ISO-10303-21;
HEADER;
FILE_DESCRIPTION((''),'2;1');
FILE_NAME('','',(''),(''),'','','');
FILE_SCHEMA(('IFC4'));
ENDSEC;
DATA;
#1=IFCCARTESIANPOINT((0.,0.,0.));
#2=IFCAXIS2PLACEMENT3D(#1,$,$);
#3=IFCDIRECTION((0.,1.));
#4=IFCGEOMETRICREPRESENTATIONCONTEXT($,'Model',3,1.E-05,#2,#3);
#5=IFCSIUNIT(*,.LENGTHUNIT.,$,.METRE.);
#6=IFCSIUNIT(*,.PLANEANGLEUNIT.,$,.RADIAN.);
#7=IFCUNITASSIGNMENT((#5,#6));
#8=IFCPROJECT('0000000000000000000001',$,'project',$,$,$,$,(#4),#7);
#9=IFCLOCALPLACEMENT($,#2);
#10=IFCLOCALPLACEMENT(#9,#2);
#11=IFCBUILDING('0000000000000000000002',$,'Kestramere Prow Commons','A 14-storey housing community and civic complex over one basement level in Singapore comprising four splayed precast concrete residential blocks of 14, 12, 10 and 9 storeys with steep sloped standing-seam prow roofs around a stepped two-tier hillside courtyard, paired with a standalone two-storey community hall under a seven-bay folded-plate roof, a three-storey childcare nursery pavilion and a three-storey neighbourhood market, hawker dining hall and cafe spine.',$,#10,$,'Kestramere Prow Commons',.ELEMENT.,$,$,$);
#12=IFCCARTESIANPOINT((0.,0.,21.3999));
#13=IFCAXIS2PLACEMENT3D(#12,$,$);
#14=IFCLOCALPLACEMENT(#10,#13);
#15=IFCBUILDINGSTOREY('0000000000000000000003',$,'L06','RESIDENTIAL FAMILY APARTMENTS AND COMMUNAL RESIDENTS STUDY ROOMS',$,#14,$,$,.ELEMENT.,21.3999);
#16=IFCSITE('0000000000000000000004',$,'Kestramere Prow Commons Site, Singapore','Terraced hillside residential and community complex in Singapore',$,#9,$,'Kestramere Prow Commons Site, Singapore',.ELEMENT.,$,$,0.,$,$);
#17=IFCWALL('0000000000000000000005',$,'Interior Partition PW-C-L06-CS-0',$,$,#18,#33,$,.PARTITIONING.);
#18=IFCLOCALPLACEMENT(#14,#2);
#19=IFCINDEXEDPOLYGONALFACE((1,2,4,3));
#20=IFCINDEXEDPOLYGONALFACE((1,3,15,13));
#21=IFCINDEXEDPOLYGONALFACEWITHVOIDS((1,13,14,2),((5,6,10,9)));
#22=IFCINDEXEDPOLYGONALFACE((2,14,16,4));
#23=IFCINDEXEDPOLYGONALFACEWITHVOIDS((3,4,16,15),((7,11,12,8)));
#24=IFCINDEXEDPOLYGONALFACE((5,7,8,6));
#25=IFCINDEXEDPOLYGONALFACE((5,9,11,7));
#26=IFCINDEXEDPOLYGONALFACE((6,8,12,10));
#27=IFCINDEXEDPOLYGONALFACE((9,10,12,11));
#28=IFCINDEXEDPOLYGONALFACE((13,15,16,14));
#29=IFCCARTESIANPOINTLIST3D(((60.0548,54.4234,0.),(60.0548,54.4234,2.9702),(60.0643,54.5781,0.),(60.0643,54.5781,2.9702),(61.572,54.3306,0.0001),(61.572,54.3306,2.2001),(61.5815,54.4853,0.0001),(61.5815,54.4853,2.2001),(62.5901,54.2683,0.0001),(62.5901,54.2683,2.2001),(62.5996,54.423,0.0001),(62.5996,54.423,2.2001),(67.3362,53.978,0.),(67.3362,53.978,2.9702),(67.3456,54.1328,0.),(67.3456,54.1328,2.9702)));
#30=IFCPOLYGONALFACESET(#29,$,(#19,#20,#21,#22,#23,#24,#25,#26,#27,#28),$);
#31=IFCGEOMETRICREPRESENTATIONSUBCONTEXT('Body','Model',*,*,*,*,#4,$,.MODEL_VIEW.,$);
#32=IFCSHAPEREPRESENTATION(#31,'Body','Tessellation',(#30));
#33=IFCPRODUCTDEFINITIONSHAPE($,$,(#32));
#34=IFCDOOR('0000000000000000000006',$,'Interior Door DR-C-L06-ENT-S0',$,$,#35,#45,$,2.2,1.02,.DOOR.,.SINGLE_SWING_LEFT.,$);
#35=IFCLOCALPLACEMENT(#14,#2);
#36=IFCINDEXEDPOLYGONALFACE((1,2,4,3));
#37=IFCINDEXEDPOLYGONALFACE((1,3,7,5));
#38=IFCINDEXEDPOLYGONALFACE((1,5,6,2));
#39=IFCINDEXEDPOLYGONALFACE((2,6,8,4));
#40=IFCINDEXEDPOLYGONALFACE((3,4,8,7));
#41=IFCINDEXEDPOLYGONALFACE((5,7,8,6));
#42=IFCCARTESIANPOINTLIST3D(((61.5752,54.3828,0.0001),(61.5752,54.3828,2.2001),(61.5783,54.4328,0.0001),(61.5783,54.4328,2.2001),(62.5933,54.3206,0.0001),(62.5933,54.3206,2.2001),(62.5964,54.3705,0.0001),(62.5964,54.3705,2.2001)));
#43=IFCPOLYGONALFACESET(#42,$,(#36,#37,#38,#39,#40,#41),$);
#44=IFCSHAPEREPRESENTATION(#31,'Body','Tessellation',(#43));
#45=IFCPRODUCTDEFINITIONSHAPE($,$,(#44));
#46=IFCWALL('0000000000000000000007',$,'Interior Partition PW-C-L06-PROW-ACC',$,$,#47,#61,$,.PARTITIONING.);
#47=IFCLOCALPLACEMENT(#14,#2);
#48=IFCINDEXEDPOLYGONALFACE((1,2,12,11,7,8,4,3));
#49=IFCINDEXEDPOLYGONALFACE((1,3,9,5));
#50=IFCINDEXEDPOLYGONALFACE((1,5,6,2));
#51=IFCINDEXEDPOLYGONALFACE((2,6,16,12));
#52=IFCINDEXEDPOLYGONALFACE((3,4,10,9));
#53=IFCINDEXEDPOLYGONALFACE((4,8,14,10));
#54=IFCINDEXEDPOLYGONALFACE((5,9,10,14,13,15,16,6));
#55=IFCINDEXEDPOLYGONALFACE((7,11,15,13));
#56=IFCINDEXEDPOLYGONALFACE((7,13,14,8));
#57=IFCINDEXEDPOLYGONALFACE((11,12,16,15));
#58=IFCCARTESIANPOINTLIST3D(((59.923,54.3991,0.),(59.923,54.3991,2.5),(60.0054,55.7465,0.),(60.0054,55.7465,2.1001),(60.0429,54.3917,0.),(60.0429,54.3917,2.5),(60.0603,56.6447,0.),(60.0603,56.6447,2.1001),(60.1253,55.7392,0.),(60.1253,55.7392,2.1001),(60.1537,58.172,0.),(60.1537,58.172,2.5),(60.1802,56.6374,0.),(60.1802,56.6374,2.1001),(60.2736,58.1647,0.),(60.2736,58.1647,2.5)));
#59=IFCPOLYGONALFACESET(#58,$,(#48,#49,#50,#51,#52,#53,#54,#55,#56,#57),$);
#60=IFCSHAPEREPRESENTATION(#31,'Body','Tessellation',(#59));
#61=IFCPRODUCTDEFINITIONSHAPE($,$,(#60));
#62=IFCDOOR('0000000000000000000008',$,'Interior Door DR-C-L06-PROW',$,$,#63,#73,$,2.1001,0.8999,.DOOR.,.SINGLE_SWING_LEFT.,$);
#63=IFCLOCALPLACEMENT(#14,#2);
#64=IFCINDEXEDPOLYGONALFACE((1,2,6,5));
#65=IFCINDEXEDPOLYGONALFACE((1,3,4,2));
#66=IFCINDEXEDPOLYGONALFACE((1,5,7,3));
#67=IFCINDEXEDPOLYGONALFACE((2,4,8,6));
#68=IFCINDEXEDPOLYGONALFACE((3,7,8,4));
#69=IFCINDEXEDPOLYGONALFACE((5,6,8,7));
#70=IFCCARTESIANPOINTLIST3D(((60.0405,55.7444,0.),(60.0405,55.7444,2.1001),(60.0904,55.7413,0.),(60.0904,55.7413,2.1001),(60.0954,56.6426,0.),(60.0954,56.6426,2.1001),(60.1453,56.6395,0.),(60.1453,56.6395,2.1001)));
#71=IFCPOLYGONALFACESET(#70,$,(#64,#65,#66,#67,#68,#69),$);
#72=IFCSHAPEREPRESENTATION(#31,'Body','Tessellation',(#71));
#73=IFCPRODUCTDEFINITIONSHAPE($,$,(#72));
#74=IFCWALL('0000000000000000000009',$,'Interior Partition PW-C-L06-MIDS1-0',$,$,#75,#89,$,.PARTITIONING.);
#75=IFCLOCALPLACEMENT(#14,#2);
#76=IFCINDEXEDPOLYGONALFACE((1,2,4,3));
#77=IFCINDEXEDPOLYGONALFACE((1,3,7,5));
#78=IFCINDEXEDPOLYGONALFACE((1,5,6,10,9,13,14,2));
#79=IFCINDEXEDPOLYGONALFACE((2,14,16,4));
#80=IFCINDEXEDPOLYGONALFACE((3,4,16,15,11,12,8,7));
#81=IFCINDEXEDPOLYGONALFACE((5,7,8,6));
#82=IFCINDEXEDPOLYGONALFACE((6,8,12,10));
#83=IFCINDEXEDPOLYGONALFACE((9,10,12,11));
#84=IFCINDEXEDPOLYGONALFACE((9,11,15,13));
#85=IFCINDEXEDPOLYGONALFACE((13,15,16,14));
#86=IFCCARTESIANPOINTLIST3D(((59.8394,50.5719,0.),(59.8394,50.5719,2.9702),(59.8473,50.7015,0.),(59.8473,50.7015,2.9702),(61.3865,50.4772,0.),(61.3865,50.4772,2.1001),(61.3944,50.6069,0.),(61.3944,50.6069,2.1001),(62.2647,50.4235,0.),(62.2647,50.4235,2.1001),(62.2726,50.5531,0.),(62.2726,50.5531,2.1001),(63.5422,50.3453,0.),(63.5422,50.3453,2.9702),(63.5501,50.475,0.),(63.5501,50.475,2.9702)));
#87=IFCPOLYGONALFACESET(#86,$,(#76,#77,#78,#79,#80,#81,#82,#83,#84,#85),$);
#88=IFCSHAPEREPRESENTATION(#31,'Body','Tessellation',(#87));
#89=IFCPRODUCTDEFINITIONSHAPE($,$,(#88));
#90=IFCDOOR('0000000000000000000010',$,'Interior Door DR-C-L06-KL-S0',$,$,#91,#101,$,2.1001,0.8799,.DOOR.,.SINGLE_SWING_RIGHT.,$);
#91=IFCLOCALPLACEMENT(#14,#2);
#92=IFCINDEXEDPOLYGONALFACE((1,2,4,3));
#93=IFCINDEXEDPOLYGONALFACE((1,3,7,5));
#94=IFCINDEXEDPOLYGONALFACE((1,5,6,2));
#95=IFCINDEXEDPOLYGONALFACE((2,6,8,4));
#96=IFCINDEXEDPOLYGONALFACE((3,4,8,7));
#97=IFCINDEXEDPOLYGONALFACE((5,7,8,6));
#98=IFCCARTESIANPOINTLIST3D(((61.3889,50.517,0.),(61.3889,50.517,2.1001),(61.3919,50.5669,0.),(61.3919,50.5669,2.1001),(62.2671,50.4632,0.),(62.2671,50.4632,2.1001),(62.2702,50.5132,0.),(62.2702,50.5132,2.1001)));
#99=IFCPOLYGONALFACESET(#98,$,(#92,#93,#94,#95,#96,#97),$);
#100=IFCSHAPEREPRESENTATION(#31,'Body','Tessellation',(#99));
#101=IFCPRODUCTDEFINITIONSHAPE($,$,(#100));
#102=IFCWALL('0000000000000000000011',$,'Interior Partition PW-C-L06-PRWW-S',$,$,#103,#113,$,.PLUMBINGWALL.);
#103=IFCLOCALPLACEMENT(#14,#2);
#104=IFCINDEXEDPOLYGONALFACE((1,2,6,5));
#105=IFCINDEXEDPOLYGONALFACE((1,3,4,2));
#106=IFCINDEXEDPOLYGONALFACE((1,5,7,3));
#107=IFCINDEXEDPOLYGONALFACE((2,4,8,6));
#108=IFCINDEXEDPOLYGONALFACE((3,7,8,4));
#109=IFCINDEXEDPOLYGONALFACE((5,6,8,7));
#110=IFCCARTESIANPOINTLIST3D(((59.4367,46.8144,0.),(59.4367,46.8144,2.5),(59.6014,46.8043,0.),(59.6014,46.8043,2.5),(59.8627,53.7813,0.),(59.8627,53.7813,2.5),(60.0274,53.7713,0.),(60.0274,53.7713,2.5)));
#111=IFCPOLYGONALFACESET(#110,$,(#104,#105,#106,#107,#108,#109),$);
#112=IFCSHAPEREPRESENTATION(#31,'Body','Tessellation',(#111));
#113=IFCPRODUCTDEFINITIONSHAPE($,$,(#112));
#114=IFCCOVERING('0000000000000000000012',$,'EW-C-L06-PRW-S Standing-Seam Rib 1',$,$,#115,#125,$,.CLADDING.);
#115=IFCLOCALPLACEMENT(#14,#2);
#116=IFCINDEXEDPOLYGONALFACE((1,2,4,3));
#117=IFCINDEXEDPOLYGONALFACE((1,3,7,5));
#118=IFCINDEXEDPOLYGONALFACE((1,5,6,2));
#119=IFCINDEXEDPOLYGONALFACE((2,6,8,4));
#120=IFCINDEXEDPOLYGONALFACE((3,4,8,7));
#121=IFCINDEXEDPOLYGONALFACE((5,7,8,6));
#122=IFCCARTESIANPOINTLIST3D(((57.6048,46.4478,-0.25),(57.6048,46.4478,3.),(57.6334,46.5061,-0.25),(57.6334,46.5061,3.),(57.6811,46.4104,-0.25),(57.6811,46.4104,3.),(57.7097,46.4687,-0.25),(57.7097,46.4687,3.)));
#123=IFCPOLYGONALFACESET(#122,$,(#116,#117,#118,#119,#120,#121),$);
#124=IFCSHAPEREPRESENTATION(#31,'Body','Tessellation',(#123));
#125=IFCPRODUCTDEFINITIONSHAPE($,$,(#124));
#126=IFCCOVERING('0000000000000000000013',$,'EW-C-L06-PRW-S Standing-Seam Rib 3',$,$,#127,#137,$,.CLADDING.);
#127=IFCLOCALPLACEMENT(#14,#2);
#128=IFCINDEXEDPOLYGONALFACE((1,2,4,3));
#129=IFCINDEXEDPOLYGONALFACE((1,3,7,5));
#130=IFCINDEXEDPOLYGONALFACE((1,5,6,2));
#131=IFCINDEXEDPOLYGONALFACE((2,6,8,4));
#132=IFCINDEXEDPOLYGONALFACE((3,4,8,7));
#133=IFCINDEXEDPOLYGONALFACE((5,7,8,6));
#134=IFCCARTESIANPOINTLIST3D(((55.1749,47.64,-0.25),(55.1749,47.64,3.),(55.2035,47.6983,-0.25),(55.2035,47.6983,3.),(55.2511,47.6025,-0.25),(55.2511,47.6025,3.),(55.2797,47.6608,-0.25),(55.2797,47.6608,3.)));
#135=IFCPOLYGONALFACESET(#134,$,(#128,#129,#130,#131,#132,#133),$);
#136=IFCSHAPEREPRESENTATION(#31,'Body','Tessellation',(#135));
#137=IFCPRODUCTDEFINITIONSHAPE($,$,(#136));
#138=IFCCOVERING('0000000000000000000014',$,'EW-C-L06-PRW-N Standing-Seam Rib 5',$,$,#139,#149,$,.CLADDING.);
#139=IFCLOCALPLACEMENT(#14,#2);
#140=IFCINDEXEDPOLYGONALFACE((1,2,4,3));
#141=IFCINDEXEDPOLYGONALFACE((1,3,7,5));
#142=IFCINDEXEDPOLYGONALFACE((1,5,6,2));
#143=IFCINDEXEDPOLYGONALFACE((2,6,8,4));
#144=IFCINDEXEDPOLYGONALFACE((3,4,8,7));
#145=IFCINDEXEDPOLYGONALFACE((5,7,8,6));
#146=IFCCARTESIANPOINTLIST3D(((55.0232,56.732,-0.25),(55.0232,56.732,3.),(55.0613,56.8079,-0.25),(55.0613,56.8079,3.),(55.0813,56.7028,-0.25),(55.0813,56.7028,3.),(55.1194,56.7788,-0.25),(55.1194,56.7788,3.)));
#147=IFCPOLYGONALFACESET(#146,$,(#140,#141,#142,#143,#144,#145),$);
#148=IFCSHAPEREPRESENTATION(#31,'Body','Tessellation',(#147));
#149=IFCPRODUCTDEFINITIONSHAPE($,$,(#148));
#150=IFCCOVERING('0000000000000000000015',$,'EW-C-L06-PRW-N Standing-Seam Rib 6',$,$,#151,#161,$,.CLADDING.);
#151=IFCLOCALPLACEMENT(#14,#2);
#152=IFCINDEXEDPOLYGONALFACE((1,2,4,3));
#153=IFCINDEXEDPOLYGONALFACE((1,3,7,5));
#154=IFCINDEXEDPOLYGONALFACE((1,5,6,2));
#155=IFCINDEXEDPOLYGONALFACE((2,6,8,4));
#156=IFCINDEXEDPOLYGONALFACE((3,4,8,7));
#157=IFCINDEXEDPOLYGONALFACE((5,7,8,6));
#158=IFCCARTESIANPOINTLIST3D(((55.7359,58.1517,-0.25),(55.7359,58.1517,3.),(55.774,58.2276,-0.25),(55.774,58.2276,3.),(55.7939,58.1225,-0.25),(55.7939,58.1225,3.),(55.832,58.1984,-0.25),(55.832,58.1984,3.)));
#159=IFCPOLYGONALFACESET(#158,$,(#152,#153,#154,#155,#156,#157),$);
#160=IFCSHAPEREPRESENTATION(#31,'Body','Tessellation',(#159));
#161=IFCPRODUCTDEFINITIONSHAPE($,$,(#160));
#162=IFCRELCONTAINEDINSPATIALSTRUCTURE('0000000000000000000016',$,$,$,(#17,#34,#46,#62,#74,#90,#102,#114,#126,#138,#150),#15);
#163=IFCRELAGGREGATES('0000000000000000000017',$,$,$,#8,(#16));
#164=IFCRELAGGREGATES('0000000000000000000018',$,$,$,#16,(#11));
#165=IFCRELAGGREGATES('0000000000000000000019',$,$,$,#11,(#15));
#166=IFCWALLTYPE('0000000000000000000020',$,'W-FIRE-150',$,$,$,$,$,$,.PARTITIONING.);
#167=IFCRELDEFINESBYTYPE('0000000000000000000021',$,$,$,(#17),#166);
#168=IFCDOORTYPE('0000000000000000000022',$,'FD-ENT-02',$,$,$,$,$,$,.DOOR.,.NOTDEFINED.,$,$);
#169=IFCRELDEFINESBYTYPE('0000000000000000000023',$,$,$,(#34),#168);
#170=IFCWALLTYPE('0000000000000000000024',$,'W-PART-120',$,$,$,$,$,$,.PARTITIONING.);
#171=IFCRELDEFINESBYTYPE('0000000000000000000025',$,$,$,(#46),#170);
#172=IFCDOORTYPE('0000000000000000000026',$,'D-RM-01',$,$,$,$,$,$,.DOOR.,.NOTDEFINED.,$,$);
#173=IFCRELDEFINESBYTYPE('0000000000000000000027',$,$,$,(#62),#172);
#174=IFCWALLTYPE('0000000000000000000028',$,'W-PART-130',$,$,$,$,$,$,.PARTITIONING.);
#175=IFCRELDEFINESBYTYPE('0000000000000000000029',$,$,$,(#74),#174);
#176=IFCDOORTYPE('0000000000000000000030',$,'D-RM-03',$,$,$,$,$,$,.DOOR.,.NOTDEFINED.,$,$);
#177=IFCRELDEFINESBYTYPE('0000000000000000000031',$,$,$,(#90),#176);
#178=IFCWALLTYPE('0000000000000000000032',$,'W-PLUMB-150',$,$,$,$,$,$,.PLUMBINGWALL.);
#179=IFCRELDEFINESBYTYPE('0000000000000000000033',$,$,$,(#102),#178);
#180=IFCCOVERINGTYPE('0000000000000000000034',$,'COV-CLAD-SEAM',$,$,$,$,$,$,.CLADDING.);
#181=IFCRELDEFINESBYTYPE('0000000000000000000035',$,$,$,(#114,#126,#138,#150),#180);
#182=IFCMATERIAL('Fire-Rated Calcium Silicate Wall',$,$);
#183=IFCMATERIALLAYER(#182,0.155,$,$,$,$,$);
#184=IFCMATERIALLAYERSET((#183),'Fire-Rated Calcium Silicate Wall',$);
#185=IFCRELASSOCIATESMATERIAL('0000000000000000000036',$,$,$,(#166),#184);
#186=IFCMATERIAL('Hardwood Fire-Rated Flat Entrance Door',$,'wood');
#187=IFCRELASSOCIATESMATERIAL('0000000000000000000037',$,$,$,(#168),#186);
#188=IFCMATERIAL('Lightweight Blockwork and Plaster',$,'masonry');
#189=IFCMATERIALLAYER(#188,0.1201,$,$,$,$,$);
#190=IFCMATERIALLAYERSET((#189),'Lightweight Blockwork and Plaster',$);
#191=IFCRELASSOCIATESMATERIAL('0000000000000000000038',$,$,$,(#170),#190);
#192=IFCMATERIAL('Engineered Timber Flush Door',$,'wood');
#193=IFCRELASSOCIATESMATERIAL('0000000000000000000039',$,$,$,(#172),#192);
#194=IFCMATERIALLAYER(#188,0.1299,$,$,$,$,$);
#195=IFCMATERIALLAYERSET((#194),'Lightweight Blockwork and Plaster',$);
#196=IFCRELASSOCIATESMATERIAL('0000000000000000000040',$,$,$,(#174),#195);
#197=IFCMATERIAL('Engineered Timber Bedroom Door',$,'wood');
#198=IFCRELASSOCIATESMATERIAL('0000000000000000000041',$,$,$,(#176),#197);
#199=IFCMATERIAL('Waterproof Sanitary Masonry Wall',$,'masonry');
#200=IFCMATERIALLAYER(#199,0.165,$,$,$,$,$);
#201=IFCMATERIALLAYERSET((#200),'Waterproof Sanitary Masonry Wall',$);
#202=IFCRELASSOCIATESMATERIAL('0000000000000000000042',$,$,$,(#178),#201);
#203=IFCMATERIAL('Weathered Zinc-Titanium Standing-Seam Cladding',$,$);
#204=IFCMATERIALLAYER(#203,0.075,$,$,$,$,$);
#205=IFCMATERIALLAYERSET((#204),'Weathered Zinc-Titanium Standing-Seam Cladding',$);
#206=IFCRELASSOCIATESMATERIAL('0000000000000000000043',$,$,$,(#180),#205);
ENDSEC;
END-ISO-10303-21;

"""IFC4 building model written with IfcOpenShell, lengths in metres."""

from ifc_helpers import new_model, si_unit, direction, frame, frame_2d, origin, origin_2d, place, context, subcontext, project, spatial, rectangle, extrude, material, layer, layer_set, type_object, element, fill, save


model = new_model("IFC4")

# Units and contexts
model_context = context("Model", 3, precision=1e-05, world=origin(), true_north=direction((0.0, 1.0)))
body_context = subcontext(model_context, "Body", "Model", "MODEL_VIEW")
ifc_project = project(units=[si_unit("LENGTHUNIT", "METRE"), si_unit("PLANEANGLEUNIT", "RADIAN")], contexts=[model_context])

# Site, building, storey
site_placement = place(None, origin())
site = spatial("IfcSite", under=ifc_project, at=site_placement, Name="Kestramere Prow Commons Site, Singapore", Description="Terraced hillside residential and community complex in Singapore", LongName="Kestramere Prow Commons Site, Singapore", CompositionType="ELEMENT", RefElevation=0.0)
building_placement = place(site_placement, origin())
building = spatial("IfcBuilding", under=site, at=building_placement, Name="Kestramere Prow Commons", Description="A 14-storey housing community and civic complex over one basement level in Singapore comprising four splayed precast concrete residential blocks of 14, 12, 10 and 9 storeys with steep sloped standing-seam prow roofs around a stepped two-tier hillside courtyard, paired with a standalone two-storey community hall under a seven-bay folded-plate roof, a three-storey childcare nursery pavilion and a three-storey neighbourhood market, hawker dining hall and cafe spine.", LongName="Kestramere Prow Commons", CompositionType="ELEMENT")
storey_placement = place(building_placement, frame((0.0, 0.0, 21.3999)))
storey = spatial("IfcBuildingStorey", under=building, at=storey_placement, Name="L06", Description="RESIDENTIAL FAMILY APARTMENTS AND COMMUNAL RESIDENTS STUDY ROOMS", CompositionType="ELEMENT", Elevation=21.3999)

# Shared definitions
ifc_material_1 = material(Name="Weathered Zinc-Titanium Standing-Seam Cladding")

# Walls, openings, doors
ifc_material_2 = material(Name="Fire-Rated Calcium Silicate Wall")
ifc_layer_1 = layer(ifc_material_2, 0.155)
ifc_layer_set_1 = layer_set([ifc_layer_1], Name="Fire-Rated Calcium Silicate Wall")
wall_type_1 = type_object("IfcWallType", Name="W-FIRE-150", PredefinedType="PARTITIONING", material=ifc_layer_set_1)
wall_1_placement = place(storey_placement, frame((60.0596, 54.5007, 0.0), z_axis=(0.0, 0.0, 1.0), x_axis=(0.998135, -0.061045, 0.0)))
wall_1 = element("IfcWall", 1, at=wall_1_placement, inside=storey, type_object=wall_type_1, Name="Interior Partition PW-C-L06-CS-0", PredefinedType="PARTITIONING", context=body_context, shape_type="SweptSolid", body=[
    extrude(rectangle(XDim=7.2949, YDim=0.155, at=frame_2d((3.6475, 0.0))), origin(), (0.0, 0.0, 1.0), 2.9702),
])
opening_1_placement = place(wall_1_placement, frame((1.52, 0.0, 0.0)))
opening_1 = element("IfcOpeningElement", 2, at=opening_1_placement, cuts=wall_1, PredefinedType="OPENING", context=body_context, shape_type="SweptSolid", body=[
    extrude(rectangle(XDim=1.02, YDim=2.2, at=frame_2d((0.51, 1.1001))), frame((0.0, 0.0925, 0.0), z_axis=(0.0, -1.0, 0.0), x_axis=(1.0, 0.0, 0.0)), (0.0, 0.0, 1.0), 0.1851),
])
ifc_material_3 = material(Name="Hardwood Fire-Rated Flat Entrance Door", Category="wood")
door_type_1 = type_object("IfcDoorType", Name="FD-ENT-02", OperationType="NOTDEFINED", PredefinedType="DOOR", material=ifc_material_3)
door_1_placement = place(opening_1_placement, origin())
door_1 = element("IfcDoor", 3, at=door_1_placement, inside=storey, type_object=door_type_1, Name="Interior Door DR-C-L06-ENT-S0", OperationType="SINGLE_SWING_LEFT", OverallHeight=2.2, OverallWidth=1.02, PredefinedType="DOOR", context=body_context, shape_type="SweptSolid", body=[
    extrude(rectangle(XDim=1.02, YDim=2.2, at=frame_2d((0.51, 1.1001))), frame((0.0, 0.0249, 0.0), z_axis=(0.0, -1.0, 0.0), x_axis=(1.0, 0.0, 0.0)), (0.0, 0.0, 1.0), 0.05),
])
fill(opening_1, door_1)
ifc_material_4 = material(Name="Lightweight Blockwork and Plaster", Category="masonry")
ifc_layer_2 = layer(ifc_material_4, 0.1201)
ifc_layer_set_2 = layer_set([ifc_layer_2], Name="Lightweight Blockwork and Plaster")
wall_type_2 = type_object("IfcWallType", Name="W-PART-120", PredefinedType="PARTITIONING", material=ifc_layer_set_2)
wall_2_placement = place(storey_placement, frame((59.9829, 54.3953, 0.0), z_axis=(0.0, 0.0, 1.0), x_axis=(0.061035, 0.998136, 0.0)))
wall_2 = element("IfcWall", 4, at=wall_2_placement, inside=storey, type_object=wall_type_2, Name="Interior Partition PW-C-L06-PROW-ACC", PredefinedType="PARTITIONING", context=body_context, shape_type="SweptSolid", body=[
    extrude(rectangle(XDim=3.78, YDim=0.1201, at=frame_2d((1.8901, 0.0))), origin(), (0.0, 0.0, 1.0), 2.5),
])
opening_2_placement = place(wall_2_placement, frame((1.3501, 0.0, 0.0)))
opening_2 = element("IfcOpeningElement", 5, at=opening_2_placement, cuts=wall_2, PredefinedType="OPENING", context=body_context, shape_type="SweptSolid", body=[
    extrude(rectangle(XDim=0.8999, YDim=2.1001, at=frame_2d((0.45, 1.05))), frame((0.0, 0.075, 0.0), z_axis=(0.0, -1.0, 0.0), x_axis=(1.0, 0.0, 0.0)), (0.0, 0.0, 1.0), 0.1501),
])
ifc_material_5 = material(Name="Engineered Timber Flush Door", Category="wood")
door_type_2 = type_object("IfcDoorType", Name="D-RM-01", OperationType="NOTDEFINED", PredefinedType="DOOR", material=ifc_material_5)
door_2_placement = place(opening_2_placement, origin())
door_2 = element("IfcDoor", 6, at=door_2_placement, inside=storey, type_object=door_type_2, Name="Interior Door DR-C-L06-PROW", OperationType="SINGLE_SWING_LEFT", OverallHeight=2.1001, OverallWidth=0.8999, PredefinedType="DOOR", context=body_context, shape_type="SweptSolid", body=[
    extrude(rectangle(XDim=0.8999, YDim=2.1001, at=frame_2d((0.45, 1.05))), frame((0.0, 0.0249, 0.0), z_axis=(0.0, -1.0, 0.0), x_axis=(1.0, 0.0, 0.0)), (0.0, 0.0, 1.0), 0.05),
])
fill(opening_2, door_2)
ifc_layer_3 = layer(ifc_material_4, 0.1299)
ifc_layer_set_3 = layer_set([ifc_layer_3], Name="Lightweight Blockwork and Plaster")
wall_type_3 = type_object("IfcWallType", Name="W-PART-130", PredefinedType="PARTITIONING", material=ifc_layer_set_3)
wall_3_placement = place(storey_placement, frame((59.8433, 50.6367, 0.0), z_axis=(0.0, 0.0, 1.0), x_axis=(0.998133, -0.061071, 0.0)))
wall_3 = element("IfcWall", 7, at=wall_3_placement, inside=storey, type_object=wall_type_3, Name="Interior Partition PW-C-L06-MIDS1-0", PredefinedType="PARTITIONING", context=body_context, shape_type="SweptSolid", body=[
    extrude(rectangle(XDim=3.7097, YDim=0.1299, at=frame_2d((1.855, 0.0))), origin(), (0.0, 0.0, 1.0), 2.9702),
])
opening_3_placement = place(wall_3_placement, frame((1.55, 0.0, 0.0)))
opening_3 = element("IfcOpeningElement", 8, at=opening_3_placement, cuts=wall_3, PredefinedType="OPENING", context=body_context, shape_type="SweptSolid", body=[
    extrude(rectangle(XDim=0.8799, YDim=2.1001, at=frame_2d((0.4399, 1.05))), frame((0.0, 0.0798, 0.0), z_axis=(0.0, -1.0, 0.0), x_axis=(1.0, 0.0, 0.0)), (0.0, 0.0, 1.0), 0.1599),
])
ifc_material_6 = material(Name="Engineered Timber Bedroom Door", Category="wood")
door_type_3 = type_object("IfcDoorType", Name="D-RM-03", OperationType="NOTDEFINED", PredefinedType="DOOR", material=ifc_material_6)
door_3_placement = place(opening_3_placement, origin())
door_3 = element("IfcDoor", 9, at=door_3_placement, inside=storey, type_object=door_type_3, Name="Interior Door DR-C-L06-KL-S0", OperationType="SINGLE_SWING_RIGHT", OverallHeight=2.1001, OverallWidth=0.8799, PredefinedType="DOOR", context=body_context, shape_type="SweptSolid", body=[
    extrude(rectangle(XDim=0.8799, YDim=2.1001, at=frame_2d((0.4399, 1.05))), frame((0.0, 0.0249, 0.0), z_axis=(0.0, -1.0, 0.0), x_axis=(1.0, 0.0, 0.0)), (0.0, 0.0, 1.0), 0.05),
])
fill(opening_3, door_3)

# Wall
ifc_material_7 = material(Name="Waterproof Sanitary Masonry Wall", Category="masonry")
ifc_layer_4 = layer(ifc_material_7, 0.165)
ifc_layer_set_4 = layer_set([ifc_layer_4], Name="Waterproof Sanitary Masonry Wall")
wall_type_4 = type_object("IfcWallType", Name="W-PLUMB-150", PredefinedType="PLUMBINGWALL", material=ifc_layer_set_4)
wall_4_placement = place(storey_placement, frame((59.519, 46.8093, 0.0), z_axis=(0.0, 0.0, 1.0), x_axis=(0.061035, 0.998136, 0.0)))
element("IfcWall", 10, at=wall_4_placement, inside=storey, type_object=wall_type_4, Name="Interior Partition PW-C-L06-PRWW-S", PredefinedType="PLUMBINGWALL", context=body_context, shape_type="SweptSolid", body=[
    extrude(rectangle(XDim=6.98, YDim=0.165, at=frame_2d((3.49, 0.0))), origin(), (0.0, 0.0, 1.0), 2.5),
])

# Coverings
ifc_layer_5 = layer(ifc_material_1, 0.075)
ifc_layer_set_5 = layer_set([ifc_layer_5], Name="Weathered Zinc-Titanium Standing-Seam Cladding")
covering_type = type_object("IfcCoveringType", Name="COV-CLAD-SEAM", PredefinedType="CLADDING", material=ifc_layer_set_5)
for number, where, z_axis, x_axis, name in (
    (11, (57.6572, 46.4583, -0.25), (0.0, 0.0, 1.0), (-0.897771, 0.440463, 0.0), "EW-C-L06-PRW-S Standing-Seam Rib 1"),
    (12, (55.2273, 47.6504, -0.25), (0.0, 0.0, 1.0), (-0.897771, 0.440463, 0.0), "EW-C-L06-PRW-S Standing-Seam Rib 3"),
    (13, (55.0713, 56.7554, -0.25), (0.0, 0.0, 1.0), (0.44862, 0.893722, 0.0), "EW-C-L06-PRW-N Standing-Seam Rib 5"),
    (14, (55.7839, 58.175, -0.25), (0.0, 0.0, 1.0), (0.44862, 0.893722, 0.0), "EW-C-L06-PRW-N Standing-Seam Rib 6"),
):
    element("IfcCovering", number, at=place(storey_placement, frame(where, z_axis=z_axis, x_axis=x_axis)), inside=storey, type_object=covering_type, Name=name, PredefinedType="CLADDING", context=body_context, shape_type="SweptSolid", body=[
        extrude(rectangle(XDim=0.085, YDim=0.0649, at=origin_2d()), origin(), (0.0, 0.0, 1.0), 3.25),
    ])

save(model, "model.ifc")
